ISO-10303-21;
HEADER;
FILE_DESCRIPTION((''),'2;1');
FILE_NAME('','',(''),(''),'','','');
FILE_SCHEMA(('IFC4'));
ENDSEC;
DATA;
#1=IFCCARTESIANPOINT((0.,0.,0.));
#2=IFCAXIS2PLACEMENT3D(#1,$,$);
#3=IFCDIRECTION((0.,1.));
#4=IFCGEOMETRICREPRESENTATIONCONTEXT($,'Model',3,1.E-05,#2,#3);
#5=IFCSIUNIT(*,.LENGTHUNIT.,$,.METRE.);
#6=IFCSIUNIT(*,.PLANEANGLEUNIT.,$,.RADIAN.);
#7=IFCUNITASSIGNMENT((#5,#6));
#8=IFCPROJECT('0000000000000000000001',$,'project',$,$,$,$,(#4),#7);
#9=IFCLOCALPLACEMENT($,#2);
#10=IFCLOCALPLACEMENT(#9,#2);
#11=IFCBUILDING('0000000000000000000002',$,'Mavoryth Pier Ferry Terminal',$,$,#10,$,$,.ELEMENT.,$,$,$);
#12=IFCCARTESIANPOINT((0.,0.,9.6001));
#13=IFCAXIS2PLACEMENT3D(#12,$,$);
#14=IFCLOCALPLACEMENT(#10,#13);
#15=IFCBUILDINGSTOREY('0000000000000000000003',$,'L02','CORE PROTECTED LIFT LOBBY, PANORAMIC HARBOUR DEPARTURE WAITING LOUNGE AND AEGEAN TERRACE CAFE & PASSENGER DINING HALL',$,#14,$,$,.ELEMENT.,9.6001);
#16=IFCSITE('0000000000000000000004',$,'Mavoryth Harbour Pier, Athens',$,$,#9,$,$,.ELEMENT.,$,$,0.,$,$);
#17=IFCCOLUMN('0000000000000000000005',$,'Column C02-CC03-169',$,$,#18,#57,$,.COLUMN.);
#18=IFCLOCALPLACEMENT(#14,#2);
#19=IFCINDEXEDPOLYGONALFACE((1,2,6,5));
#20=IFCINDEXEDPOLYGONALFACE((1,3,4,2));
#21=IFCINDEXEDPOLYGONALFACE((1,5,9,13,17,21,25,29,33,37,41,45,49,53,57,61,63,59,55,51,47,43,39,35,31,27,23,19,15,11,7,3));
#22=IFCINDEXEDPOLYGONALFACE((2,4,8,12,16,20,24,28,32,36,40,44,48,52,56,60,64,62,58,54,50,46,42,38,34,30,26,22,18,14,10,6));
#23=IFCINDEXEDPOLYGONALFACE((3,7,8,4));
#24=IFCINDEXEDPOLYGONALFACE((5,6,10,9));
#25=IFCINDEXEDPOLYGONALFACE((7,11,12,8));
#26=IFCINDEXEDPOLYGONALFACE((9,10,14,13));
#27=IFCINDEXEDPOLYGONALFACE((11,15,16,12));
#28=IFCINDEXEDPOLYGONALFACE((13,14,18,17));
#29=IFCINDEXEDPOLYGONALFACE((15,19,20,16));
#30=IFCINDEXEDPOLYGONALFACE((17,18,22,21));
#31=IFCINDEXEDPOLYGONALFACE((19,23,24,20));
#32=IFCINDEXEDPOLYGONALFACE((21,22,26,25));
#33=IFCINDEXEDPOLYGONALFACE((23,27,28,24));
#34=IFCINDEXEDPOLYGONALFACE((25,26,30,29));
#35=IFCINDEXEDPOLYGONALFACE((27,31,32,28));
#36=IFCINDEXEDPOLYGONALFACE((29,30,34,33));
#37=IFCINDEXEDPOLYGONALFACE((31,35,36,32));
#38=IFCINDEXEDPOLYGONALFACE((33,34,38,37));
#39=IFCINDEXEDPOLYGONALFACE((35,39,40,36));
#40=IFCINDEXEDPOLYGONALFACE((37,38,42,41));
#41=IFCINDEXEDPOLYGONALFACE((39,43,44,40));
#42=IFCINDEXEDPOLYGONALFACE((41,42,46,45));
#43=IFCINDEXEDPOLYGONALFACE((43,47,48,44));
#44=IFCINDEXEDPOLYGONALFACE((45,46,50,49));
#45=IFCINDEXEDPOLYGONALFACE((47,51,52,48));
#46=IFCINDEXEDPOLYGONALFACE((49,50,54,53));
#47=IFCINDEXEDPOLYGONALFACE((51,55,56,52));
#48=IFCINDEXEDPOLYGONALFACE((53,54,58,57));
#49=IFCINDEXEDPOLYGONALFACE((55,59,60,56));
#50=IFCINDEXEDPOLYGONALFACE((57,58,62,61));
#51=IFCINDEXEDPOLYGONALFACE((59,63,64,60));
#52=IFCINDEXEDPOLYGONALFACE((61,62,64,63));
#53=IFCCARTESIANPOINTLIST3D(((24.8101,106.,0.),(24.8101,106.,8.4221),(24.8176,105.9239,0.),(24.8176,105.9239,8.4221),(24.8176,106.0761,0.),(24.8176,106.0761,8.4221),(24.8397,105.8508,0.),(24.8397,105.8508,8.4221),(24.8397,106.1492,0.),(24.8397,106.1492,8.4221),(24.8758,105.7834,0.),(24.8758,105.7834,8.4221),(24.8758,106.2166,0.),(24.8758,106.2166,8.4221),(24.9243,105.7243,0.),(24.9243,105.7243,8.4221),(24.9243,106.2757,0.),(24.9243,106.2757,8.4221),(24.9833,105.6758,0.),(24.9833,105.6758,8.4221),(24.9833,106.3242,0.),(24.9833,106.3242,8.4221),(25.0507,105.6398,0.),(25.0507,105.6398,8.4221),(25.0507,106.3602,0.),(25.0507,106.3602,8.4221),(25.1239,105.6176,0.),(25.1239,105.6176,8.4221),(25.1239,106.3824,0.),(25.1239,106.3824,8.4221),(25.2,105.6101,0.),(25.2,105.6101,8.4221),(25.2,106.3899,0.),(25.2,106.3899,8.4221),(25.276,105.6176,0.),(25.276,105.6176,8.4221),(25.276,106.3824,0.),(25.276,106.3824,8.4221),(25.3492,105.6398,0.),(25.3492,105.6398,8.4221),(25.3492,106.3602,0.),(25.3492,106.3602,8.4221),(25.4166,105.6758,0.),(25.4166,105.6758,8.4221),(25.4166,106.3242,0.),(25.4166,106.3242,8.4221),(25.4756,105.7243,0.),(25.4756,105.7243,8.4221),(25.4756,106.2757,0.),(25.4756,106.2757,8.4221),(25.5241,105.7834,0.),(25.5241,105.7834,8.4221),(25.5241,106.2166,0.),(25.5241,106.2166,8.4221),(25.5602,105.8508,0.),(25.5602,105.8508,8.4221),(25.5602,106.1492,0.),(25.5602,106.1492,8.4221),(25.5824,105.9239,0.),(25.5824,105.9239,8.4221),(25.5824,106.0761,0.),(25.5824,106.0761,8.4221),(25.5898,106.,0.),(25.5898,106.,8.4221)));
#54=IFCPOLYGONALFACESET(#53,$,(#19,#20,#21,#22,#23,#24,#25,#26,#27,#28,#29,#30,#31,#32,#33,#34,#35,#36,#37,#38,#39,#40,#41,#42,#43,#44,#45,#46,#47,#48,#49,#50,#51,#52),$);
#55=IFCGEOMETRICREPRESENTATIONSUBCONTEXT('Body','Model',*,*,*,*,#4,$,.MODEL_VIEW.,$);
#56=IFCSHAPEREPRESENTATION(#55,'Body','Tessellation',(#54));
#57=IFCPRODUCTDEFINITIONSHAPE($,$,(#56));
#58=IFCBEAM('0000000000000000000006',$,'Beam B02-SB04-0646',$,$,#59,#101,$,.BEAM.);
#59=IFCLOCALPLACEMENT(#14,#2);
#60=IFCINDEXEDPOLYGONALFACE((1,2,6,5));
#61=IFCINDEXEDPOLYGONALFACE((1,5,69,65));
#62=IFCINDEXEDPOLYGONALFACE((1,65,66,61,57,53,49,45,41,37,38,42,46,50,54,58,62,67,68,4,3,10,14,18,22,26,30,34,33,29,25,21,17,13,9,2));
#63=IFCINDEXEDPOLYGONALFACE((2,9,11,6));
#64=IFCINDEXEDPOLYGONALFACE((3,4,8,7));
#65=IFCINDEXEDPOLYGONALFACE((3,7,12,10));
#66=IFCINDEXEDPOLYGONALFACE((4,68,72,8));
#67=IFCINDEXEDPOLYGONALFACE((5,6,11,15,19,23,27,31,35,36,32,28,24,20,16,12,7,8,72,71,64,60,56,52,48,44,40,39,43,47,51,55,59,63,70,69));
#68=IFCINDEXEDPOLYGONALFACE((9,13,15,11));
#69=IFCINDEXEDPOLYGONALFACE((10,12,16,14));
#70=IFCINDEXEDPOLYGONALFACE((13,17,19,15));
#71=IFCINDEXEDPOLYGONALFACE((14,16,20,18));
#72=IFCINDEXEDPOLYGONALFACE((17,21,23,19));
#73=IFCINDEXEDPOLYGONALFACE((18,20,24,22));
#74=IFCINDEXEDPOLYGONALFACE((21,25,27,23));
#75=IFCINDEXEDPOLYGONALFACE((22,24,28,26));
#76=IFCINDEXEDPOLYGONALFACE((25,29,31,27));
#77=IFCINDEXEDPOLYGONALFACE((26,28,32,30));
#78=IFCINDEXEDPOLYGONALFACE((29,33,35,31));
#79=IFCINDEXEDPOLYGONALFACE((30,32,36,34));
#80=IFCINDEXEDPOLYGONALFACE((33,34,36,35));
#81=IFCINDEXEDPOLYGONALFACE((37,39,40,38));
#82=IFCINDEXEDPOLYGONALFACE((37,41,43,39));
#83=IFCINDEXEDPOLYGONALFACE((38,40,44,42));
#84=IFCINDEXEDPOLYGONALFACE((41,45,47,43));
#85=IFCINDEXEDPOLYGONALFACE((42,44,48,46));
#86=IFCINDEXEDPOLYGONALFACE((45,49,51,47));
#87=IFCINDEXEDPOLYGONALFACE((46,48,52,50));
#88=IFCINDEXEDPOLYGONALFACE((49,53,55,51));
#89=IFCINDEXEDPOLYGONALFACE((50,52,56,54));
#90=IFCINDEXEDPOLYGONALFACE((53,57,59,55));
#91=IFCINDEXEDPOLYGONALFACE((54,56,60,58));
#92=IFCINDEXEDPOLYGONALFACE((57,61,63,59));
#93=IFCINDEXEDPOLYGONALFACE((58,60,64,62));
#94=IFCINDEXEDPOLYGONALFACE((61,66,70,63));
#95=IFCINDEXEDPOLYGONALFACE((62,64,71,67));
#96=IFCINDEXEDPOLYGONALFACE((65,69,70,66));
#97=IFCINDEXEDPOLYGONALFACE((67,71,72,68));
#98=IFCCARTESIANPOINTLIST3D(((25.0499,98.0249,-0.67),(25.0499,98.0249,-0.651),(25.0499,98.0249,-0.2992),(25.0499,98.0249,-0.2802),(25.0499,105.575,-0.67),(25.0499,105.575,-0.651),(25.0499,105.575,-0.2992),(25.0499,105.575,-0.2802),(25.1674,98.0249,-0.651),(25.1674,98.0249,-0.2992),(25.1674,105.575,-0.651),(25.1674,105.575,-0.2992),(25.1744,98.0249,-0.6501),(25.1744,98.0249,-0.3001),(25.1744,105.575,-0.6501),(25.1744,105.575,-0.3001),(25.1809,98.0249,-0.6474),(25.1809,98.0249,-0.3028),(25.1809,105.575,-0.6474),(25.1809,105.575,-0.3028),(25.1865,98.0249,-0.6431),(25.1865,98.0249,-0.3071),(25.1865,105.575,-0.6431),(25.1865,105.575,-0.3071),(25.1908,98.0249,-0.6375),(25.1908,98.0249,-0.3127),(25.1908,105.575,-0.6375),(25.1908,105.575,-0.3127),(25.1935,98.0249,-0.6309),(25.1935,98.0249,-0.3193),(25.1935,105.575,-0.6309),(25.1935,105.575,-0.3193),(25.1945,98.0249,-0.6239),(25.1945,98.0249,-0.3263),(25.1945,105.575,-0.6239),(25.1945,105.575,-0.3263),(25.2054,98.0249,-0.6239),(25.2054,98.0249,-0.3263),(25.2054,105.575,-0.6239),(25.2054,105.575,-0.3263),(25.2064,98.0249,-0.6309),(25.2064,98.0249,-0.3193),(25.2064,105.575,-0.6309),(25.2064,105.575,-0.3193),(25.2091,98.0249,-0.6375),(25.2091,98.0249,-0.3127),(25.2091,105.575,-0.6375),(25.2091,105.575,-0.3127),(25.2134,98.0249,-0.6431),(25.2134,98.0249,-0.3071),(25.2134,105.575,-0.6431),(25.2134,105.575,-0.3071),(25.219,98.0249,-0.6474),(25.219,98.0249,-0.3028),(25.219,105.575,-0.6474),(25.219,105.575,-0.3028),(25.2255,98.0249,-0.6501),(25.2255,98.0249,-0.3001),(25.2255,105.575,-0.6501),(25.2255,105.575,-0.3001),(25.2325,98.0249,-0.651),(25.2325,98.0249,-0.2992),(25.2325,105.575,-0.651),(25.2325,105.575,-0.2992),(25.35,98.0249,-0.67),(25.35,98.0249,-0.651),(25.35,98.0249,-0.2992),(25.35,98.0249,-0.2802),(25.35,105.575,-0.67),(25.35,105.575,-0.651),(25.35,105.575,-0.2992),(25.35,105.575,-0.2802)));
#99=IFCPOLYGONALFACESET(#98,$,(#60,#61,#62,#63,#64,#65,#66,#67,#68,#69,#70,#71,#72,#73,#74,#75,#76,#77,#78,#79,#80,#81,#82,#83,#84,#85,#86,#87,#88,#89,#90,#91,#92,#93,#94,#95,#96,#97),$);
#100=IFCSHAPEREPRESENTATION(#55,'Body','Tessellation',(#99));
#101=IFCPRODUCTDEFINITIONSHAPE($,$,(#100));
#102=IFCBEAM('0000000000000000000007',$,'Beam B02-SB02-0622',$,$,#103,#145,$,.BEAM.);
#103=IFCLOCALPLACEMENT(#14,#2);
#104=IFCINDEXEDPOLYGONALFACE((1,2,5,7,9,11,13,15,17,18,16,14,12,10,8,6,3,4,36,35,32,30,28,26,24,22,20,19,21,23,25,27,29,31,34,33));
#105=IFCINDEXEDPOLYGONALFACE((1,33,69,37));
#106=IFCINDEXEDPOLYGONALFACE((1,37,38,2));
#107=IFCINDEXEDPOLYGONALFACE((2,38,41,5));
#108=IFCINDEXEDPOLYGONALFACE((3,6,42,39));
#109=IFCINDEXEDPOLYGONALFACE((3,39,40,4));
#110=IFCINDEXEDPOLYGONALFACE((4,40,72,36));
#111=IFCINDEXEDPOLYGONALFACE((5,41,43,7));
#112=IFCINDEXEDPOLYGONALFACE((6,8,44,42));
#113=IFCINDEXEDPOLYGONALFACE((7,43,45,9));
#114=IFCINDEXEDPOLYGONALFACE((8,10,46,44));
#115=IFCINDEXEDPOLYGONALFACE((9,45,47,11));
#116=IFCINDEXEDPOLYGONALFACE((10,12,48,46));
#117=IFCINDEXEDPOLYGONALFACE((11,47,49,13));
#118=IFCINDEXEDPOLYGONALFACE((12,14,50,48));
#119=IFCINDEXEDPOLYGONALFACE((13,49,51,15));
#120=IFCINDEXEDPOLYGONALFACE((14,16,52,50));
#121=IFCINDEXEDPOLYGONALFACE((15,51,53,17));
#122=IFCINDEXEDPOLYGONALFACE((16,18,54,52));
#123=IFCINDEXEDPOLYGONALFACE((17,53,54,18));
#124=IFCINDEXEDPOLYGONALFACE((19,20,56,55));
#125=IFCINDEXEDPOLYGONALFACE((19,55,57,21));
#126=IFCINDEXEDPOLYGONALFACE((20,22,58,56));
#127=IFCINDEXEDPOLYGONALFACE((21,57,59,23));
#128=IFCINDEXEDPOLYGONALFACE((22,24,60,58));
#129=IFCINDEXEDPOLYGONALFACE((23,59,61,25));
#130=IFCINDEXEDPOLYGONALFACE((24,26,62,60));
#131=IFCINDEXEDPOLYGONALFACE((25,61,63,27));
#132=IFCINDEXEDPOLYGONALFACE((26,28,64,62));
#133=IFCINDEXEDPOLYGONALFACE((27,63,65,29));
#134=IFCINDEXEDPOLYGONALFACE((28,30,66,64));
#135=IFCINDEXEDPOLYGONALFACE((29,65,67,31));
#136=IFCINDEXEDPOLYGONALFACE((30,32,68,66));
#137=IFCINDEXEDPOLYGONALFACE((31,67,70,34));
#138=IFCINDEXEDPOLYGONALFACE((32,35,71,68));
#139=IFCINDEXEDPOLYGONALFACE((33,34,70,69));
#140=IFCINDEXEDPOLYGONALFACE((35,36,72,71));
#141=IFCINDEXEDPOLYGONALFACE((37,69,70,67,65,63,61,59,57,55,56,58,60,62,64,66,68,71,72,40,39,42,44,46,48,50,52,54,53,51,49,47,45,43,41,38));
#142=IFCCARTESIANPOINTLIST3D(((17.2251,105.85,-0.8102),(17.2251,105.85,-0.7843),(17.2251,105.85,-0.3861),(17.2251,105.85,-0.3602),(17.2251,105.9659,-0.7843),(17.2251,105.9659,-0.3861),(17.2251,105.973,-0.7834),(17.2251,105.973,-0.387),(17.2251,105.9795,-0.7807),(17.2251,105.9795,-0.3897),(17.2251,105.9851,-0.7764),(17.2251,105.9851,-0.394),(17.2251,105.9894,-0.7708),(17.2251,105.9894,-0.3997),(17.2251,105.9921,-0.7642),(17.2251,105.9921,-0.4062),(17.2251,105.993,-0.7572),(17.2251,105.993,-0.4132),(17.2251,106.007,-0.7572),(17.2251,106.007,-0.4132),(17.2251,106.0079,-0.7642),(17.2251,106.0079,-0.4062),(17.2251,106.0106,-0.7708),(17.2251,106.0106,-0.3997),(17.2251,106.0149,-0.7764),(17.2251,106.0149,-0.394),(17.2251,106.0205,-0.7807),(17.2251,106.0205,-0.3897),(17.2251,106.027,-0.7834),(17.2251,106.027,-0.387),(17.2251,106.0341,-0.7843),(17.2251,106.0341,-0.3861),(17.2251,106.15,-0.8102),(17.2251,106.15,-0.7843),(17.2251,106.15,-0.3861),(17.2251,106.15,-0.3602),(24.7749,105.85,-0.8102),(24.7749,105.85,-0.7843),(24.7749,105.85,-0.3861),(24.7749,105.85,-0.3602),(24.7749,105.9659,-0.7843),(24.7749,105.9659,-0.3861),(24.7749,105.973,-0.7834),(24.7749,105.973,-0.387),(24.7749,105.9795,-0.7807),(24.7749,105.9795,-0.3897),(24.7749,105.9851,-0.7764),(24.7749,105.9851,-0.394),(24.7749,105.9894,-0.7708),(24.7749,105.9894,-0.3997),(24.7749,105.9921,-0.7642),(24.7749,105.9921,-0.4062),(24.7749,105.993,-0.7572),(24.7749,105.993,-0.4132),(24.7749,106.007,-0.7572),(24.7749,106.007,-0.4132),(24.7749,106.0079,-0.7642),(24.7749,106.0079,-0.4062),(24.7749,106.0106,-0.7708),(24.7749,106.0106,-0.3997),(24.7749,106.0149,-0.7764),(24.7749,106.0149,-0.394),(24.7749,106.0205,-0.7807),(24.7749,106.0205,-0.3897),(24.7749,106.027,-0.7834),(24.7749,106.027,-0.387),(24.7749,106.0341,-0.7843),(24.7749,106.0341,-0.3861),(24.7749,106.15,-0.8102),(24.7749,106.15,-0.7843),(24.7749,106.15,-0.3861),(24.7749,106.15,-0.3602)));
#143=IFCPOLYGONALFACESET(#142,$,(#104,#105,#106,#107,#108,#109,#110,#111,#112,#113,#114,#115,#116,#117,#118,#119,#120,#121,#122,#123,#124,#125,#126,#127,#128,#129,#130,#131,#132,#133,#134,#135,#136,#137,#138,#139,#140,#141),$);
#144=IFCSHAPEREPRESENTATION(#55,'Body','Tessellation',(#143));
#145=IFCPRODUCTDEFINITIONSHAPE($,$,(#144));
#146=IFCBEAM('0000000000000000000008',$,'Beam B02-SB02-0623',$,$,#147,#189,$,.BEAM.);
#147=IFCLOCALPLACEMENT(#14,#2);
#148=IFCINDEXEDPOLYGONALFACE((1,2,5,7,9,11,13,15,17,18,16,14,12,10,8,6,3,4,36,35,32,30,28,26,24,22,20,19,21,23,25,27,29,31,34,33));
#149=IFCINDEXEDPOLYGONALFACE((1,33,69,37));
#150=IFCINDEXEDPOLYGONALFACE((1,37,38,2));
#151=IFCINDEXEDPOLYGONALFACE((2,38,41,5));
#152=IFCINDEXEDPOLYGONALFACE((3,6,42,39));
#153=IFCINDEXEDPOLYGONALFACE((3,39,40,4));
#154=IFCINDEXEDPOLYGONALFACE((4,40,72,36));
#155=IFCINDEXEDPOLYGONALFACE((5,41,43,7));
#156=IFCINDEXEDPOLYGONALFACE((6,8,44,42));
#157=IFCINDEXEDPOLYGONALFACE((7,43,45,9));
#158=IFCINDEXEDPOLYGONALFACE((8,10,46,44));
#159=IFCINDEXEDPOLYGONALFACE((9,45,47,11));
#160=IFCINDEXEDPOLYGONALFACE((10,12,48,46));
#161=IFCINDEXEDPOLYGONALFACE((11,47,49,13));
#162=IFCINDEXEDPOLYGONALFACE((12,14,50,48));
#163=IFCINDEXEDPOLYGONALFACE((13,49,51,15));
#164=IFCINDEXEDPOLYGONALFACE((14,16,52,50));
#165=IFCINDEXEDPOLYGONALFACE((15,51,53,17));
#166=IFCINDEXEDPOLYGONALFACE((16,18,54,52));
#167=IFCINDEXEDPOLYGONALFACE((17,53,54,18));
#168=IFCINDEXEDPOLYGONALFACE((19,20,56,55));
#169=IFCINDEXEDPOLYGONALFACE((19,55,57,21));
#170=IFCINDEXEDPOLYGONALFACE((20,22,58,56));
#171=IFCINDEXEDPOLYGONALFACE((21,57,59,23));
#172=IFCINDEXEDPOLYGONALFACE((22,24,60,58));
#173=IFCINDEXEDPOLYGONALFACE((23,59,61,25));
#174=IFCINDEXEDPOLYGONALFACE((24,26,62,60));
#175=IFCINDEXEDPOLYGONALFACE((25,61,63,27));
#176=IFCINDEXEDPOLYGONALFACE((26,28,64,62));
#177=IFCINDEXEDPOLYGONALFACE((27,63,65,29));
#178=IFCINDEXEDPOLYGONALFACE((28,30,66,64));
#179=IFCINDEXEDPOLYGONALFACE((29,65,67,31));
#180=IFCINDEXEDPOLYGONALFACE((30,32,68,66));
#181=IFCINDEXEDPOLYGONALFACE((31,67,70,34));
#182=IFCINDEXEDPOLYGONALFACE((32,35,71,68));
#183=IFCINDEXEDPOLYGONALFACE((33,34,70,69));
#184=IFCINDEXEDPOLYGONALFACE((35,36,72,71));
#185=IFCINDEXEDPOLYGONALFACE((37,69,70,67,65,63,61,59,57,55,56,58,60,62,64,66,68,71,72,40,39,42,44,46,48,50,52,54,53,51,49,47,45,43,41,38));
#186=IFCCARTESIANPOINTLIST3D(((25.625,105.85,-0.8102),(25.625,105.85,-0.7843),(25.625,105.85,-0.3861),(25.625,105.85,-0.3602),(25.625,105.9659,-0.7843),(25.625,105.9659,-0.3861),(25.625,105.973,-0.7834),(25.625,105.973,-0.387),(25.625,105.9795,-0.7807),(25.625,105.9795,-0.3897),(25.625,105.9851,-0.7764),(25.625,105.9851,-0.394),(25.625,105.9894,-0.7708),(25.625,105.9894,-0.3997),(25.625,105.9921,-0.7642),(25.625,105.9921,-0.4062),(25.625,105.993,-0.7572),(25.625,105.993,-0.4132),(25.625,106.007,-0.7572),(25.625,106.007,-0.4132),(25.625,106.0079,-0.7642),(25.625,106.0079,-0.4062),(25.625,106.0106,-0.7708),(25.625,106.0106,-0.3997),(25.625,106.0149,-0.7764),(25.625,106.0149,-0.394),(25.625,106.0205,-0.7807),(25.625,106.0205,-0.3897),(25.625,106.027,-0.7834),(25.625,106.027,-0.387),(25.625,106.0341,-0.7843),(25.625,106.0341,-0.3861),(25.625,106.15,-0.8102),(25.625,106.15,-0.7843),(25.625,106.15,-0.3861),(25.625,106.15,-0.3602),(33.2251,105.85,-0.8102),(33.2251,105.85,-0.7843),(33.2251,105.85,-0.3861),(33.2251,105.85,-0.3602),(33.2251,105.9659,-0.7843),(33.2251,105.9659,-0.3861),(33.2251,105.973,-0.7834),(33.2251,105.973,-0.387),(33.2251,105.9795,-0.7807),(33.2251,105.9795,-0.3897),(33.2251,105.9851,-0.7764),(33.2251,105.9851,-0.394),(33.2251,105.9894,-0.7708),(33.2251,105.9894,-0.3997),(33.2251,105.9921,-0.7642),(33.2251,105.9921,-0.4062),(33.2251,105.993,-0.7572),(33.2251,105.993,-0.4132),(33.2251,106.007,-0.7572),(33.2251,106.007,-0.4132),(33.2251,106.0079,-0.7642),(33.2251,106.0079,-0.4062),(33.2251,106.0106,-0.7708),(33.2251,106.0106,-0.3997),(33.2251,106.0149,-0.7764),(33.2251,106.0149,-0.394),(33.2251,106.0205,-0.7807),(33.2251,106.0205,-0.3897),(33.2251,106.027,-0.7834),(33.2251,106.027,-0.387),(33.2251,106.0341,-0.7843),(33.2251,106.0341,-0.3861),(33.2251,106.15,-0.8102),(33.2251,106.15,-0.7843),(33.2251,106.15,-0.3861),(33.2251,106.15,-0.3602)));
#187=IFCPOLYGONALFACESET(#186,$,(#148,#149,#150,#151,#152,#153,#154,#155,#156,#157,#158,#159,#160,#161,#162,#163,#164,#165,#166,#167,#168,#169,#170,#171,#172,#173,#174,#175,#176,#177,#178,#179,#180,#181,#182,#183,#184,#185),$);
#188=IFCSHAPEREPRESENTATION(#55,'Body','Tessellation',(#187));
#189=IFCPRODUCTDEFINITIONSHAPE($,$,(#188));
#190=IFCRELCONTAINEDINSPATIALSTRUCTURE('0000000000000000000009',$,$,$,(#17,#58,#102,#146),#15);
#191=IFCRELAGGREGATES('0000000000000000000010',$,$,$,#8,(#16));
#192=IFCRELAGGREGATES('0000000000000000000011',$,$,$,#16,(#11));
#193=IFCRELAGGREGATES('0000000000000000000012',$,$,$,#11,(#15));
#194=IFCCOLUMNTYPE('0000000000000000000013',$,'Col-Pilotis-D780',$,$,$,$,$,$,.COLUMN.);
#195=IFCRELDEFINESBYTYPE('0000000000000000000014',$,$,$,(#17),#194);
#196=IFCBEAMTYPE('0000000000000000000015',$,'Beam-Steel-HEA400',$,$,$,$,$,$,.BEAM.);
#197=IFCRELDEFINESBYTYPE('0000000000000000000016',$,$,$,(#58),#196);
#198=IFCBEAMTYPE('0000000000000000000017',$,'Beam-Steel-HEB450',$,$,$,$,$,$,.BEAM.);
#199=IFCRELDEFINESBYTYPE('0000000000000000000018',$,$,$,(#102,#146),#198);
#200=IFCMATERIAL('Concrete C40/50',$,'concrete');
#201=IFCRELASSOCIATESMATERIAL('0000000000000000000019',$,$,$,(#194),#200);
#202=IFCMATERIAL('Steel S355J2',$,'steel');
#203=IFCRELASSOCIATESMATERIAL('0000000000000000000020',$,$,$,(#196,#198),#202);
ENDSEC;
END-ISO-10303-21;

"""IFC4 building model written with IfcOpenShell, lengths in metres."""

from ifc_helpers import new_model, si_unit, direction, frame, origin, origin_2d, place, context, subcontext, project, spatial, circle, i_section, extrude, material, material_profile, profile_set, type_object, element, save


model = new_model("IFC4")

# Units and contexts
model_context = context("Model", 3, precision=1e-05, world=origin(), true_north=direction((0.0, 1.0)))
body_context = subcontext(model_context, "Body", "Model", "MODEL_VIEW")
ifc_project = project(units=[si_unit("LENGTHUNIT", "METRE"), si_unit("PLANEANGLEUNIT", "RADIAN")], contexts=[model_context])

# Site, building, storey
site_placement = place(None, origin())
site = spatial("IfcSite", under=ifc_project, at=site_placement, Name="Mavoryth Harbour Pier, Athens", CompositionType="ELEMENT", RefElevation=0.0)
building_placement = place(site_placement, origin())
building = spatial("IfcBuilding", under=site, at=building_placement, Name="Mavoryth Pier Ferry Terminal", CompositionType="ELEMENT")
storey_placement = place(building_placement, frame((0.0, 0.0, 9.6001)))
storey = spatial("IfcBuildingStorey", under=building, at=storey_placement, Name="L02", Description="CORE PROTECTED LIFT LOBBY, PANORAMIC HARBOUR DEPARTURE WAITING LOUNGE AND AEGEAN TERRACE CAFE & PASSENGER DINING HALL", CompositionType="ELEMENT", Elevation=9.6001)

# Column
ifc_material_1 = material(Name="Concrete C40/50", Category="concrete")
ifc_material_profile_1 = material_profile(ifc_material_1, circle(Radius=0.3899, at=origin_2d()), Name="RC D780", Category="concrete")
ifc_profile_set_1 = profile_set([ifc_material_profile_1], Name="Concrete C40/50 - RC D780")
column_type = type_object("IfcColumnType", Name="Col-Pilotis-D780", PredefinedType="COLUMN", material=ifc_profile_set_1)
column_placement = place(storey_placement, frame((25.2, 106.0, 0.0), z_axis=(0.0, 0.0, 1.0), x_axis=(1.0, 0.0, 0.0)))
element("IfcColumn", 1, at=column_placement, inside=storey, type_object=column_type, Name="Column C02-CC03-169", PredefinedType="COLUMN", context=body_context, shape_type="SweptSolid", body=[
    extrude(circle(Radius=0.3899, at=origin_2d()), origin(), (0.0, 0.0, 1.0), 8.4221),
])

# Beams
ifc_material_2 = material(Name="Steel S355J2", Category="steel")
ifc_material_profile_2 = material_profile(ifc_material_2, i_section(OverallWidth=0.3, OverallDepth=0.3899, WebThickness=0.011, FlangeThickness=0.019, FilletRadius=0.0271, at=origin_2d()), Name="HEA 400", Category="steel")
ifc_profile_set_2 = profile_set([ifc_material_profile_2], Name="Steel S355J2 - HEA 400")
beam_type_1 = type_object("IfcBeamType", Name="Beam-Steel-HEA400", PredefinedType="BEAM", material=ifc_profile_set_2)
beam_1_placement = place(storey_placement, frame((25.2, 98.0249, -0.4751), z_axis=(0.0, 1.0, 0.0), x_axis=(-1.0, 0.0, 0.0)))
element("IfcBeam", 2, at=beam_1_placement, inside=storey, type_object=beam_type_1, Name="Beam B02-SB04-0646", PredefinedType="BEAM", context=body_context, shape_type="SweptSolid", body=[
    extrude(i_section(OverallWidth=0.3, OverallDepth=0.3899, WebThickness=0.011, FlangeThickness=0.019, FilletRadius=0.0271, at=origin_2d()), origin(), (0.0, 0.0, 1.0), 7.55),
])
ifc_material_profile_3 = material_profile(ifc_material_2, i_section(OverallWidth=0.3, OverallDepth=0.45, WebThickness=0.0139, FlangeThickness=0.0259, FilletRadius=0.0271, at=origin_2d()), Name="HEB 450", Category="steel")
ifc_profile_set_3 = profile_set([ifc_material_profile_3], Name="Steel S355J2 - HEB 450")
beam_type_2 = type_object("IfcBeamType", Name="Beam-Steel-HEB450", PredefinedType="BEAM", material=ifc_profile_set_3)
beam_2_placement = place(storey_placement, frame((17.2251, 106.0, -0.5852), z_axis=(1.0, 0.0, 0.0), x_axis=(0.0, 1.0, 0.0)))
element("IfcBeam", 3, at=beam_2_placement, inside=storey, type_object=beam_type_2, Name="Beam B02-SB02-0622", PredefinedType="BEAM", context=body_context, shape_type="SweptSolid", body=[
    extrude(i_section(OverallWidth=0.3, OverallDepth=0.45, WebThickness=0.0139, FlangeThickness=0.0259, FilletRadius=0.0271, at=origin_2d()), origin(), (0.0, 0.0, 1.0), 7.5498),
])
beam_3_placement = place(storey_placement, frame((25.625, 106.0, -0.5852), z_axis=(1.0, 0.0, 0.0), x_axis=(0.0, 1.0, 0.0)))
element("IfcBeam", 4, at=beam_3_placement, inside=storey, type_object=beam_type_2, Name="Beam B02-SB02-0623", PredefinedType="BEAM", context=body_context, shape_type="SweptSolid", body=[
    extrude(i_section(OverallWidth=0.3, OverallDepth=0.45, WebThickness=0.0139, FlangeThickness=0.0259, FilletRadius=0.0271, at=origin_2d()), origin(), (0.0, 0.0, 1.0), 7.6001),
])

save(model, "model.ifc")
